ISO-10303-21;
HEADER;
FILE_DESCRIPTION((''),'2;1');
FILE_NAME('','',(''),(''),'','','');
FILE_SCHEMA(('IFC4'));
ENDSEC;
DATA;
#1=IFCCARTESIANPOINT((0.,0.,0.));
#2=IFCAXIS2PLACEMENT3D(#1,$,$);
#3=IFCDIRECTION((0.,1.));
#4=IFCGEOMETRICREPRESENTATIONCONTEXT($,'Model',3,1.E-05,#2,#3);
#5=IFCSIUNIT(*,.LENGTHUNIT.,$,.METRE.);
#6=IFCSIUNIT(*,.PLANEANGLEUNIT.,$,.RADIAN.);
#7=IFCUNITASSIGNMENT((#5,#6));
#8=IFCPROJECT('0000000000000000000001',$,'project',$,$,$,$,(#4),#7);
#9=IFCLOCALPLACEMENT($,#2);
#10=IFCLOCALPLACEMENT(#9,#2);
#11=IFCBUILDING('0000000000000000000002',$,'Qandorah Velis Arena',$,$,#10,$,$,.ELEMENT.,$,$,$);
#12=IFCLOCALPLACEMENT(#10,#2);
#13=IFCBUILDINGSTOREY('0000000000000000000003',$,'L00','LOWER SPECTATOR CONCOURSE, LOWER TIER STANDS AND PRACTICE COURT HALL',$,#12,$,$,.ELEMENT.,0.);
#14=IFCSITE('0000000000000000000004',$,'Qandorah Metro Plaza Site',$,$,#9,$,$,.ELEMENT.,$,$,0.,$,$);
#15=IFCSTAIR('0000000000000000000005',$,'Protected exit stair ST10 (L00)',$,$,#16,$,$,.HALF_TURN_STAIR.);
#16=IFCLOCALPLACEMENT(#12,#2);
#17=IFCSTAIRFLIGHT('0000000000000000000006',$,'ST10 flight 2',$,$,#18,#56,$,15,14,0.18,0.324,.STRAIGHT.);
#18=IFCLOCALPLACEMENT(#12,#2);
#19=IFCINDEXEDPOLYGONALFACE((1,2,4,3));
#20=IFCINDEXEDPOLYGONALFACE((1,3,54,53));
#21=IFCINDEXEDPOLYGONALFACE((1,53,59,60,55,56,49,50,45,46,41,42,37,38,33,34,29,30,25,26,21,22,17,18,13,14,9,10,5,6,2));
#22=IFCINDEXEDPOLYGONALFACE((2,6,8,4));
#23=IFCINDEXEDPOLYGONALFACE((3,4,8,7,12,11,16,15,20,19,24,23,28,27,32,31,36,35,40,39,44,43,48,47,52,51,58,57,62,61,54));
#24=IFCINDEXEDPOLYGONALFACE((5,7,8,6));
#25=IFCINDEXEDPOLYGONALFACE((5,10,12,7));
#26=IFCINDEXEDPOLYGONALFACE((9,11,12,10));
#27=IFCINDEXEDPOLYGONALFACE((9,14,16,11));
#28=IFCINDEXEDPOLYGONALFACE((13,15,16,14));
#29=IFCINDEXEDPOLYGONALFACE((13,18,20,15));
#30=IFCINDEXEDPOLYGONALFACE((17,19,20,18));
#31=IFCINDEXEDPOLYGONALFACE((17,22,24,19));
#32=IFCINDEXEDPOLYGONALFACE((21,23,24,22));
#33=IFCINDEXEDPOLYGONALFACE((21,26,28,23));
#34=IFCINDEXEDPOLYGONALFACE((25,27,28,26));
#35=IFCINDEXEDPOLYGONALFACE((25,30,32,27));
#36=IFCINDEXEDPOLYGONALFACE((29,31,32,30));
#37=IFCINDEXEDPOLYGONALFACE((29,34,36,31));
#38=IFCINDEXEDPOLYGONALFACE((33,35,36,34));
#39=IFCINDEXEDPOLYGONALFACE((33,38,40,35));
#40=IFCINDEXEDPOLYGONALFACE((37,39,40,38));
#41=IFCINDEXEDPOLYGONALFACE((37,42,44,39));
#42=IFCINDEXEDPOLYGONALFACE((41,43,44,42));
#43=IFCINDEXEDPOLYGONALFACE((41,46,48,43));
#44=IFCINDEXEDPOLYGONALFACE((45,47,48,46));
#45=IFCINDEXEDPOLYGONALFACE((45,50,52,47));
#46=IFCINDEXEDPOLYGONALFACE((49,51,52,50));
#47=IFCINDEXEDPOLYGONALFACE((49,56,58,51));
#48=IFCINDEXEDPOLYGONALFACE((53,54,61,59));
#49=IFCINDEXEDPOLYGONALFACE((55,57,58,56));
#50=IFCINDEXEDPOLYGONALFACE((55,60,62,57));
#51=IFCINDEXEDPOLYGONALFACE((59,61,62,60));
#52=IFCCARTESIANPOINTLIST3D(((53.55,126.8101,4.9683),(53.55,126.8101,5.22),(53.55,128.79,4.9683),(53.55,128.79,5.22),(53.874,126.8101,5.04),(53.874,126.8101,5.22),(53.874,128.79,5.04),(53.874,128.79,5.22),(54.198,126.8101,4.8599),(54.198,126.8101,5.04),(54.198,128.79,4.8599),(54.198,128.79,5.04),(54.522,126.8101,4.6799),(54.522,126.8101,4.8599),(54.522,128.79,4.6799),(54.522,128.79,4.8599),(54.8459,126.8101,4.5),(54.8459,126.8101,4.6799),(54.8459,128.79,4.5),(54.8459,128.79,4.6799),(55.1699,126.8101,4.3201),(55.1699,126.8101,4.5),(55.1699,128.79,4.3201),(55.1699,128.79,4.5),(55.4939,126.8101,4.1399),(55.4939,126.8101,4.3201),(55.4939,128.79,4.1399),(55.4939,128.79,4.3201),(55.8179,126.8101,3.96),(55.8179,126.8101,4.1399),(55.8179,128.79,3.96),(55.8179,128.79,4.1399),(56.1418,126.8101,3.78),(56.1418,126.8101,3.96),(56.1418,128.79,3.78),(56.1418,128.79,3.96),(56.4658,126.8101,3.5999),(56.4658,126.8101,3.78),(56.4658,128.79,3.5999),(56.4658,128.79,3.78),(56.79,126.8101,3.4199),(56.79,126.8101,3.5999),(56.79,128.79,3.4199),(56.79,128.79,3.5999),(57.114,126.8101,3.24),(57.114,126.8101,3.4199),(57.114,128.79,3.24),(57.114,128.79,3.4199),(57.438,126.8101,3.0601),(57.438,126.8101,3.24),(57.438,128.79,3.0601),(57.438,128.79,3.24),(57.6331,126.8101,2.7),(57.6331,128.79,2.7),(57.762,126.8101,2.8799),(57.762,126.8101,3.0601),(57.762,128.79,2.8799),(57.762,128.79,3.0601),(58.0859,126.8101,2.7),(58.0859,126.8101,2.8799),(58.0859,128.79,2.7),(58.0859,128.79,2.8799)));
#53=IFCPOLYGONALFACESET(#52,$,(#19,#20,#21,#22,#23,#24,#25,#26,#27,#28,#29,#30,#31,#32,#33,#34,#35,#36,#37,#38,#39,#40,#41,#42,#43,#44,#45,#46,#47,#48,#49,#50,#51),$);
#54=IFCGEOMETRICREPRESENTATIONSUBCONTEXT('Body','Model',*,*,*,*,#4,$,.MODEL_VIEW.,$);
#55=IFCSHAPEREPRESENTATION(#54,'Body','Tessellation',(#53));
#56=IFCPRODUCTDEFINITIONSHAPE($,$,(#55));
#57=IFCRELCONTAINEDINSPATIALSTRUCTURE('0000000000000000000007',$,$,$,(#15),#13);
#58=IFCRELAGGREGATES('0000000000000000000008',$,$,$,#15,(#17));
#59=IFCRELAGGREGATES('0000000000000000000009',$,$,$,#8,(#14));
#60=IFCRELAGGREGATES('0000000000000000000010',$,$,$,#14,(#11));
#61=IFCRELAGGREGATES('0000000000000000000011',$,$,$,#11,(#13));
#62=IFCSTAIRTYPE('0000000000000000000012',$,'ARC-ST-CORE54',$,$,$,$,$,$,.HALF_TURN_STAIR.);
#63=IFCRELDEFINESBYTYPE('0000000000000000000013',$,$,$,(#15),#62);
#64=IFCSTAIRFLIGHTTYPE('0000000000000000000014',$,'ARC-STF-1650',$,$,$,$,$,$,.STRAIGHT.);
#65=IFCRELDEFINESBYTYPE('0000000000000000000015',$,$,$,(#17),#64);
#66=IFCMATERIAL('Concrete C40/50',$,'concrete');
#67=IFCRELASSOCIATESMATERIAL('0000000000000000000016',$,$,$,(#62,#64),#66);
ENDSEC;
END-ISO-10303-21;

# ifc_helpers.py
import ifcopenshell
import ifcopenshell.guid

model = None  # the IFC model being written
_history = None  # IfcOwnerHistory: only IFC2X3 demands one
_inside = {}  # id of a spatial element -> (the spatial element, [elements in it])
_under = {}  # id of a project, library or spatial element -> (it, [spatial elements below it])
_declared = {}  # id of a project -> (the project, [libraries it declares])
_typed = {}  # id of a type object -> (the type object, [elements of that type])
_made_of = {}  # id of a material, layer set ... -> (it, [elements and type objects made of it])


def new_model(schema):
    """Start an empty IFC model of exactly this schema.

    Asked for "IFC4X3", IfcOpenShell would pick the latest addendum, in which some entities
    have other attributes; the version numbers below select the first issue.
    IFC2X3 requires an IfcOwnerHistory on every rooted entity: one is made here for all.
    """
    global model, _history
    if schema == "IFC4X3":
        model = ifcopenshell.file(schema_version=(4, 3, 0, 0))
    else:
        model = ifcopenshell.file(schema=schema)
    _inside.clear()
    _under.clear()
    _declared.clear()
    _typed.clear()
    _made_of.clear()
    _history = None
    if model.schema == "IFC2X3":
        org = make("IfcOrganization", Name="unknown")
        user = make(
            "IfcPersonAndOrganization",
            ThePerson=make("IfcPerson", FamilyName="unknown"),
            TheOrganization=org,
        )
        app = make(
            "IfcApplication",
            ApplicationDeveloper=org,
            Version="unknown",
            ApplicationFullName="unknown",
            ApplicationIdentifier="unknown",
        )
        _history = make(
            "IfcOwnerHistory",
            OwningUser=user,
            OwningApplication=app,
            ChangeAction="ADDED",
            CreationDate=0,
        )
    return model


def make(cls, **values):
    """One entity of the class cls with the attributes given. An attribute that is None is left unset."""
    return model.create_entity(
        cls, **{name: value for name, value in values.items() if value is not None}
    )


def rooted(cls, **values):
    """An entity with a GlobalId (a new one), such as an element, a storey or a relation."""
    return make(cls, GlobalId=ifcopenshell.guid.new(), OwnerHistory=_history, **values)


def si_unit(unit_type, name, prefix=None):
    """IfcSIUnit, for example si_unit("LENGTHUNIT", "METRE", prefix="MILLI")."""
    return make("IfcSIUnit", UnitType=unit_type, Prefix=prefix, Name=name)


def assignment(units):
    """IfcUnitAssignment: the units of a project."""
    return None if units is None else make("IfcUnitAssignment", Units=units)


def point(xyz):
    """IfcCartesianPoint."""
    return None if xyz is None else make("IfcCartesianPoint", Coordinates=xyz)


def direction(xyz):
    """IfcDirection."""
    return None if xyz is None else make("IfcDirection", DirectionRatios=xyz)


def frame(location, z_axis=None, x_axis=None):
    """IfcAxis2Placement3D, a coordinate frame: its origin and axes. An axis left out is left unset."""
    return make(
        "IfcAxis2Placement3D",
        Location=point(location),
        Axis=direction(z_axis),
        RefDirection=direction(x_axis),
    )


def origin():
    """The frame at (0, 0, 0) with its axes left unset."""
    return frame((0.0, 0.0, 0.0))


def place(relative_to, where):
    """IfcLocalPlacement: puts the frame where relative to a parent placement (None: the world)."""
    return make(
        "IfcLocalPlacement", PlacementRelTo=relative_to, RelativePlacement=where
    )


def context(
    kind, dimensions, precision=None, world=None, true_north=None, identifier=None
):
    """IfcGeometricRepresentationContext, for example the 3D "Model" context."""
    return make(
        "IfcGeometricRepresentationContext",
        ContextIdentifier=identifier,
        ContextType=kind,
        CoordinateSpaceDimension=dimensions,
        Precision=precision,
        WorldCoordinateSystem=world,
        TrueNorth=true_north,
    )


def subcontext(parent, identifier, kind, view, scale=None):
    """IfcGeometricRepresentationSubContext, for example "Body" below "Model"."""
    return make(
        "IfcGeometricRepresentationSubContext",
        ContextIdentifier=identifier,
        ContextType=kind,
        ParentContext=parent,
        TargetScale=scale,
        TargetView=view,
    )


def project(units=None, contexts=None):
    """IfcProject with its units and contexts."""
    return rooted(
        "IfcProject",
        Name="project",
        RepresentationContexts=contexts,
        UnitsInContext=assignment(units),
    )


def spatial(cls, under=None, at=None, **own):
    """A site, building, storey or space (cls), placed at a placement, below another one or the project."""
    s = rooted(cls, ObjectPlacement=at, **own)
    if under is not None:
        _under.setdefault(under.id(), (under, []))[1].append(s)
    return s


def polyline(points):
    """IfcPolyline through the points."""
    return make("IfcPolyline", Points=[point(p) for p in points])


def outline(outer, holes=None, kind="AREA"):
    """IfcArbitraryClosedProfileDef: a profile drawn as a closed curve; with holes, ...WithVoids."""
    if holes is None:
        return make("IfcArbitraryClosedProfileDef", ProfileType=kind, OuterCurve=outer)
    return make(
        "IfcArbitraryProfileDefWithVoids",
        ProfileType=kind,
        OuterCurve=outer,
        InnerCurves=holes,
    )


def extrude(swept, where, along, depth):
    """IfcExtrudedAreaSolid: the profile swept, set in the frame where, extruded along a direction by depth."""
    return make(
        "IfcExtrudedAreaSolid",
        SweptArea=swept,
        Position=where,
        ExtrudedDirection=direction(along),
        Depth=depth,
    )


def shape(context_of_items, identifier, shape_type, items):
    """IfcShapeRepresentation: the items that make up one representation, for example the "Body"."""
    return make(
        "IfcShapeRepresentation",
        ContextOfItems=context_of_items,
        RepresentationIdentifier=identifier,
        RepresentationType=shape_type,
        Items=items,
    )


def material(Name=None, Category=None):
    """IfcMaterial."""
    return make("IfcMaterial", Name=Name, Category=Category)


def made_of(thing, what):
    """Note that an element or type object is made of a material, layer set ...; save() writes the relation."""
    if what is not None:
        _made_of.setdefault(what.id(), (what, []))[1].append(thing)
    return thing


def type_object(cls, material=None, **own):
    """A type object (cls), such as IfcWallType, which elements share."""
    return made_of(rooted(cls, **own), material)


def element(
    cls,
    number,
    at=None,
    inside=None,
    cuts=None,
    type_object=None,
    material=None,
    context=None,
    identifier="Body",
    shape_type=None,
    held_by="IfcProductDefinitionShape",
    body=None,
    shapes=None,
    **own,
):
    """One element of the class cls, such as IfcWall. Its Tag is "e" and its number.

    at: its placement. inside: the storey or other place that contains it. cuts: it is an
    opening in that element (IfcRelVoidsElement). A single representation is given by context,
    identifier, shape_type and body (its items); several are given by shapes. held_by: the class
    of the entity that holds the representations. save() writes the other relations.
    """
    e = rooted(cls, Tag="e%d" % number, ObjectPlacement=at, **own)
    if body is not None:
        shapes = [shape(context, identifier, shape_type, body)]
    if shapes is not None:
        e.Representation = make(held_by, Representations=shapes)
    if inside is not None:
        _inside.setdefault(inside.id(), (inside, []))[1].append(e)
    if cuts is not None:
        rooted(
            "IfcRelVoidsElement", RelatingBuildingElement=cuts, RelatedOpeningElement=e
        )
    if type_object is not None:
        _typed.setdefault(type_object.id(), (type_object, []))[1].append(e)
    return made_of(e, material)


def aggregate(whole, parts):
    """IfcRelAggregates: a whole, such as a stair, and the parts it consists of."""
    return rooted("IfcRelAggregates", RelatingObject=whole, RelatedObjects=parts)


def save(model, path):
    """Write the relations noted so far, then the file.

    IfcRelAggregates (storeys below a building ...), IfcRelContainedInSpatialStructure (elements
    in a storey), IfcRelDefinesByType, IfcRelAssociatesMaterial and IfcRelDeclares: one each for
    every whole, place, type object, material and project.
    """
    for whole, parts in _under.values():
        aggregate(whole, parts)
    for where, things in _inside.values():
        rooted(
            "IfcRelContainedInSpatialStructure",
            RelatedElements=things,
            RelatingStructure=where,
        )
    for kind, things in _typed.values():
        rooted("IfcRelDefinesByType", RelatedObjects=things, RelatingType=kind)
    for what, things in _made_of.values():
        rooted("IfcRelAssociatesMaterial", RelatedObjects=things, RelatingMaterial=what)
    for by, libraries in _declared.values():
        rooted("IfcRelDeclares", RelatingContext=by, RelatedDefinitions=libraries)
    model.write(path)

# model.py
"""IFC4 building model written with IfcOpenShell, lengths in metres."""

from ifc_helpers import new_model, si_unit, direction, frame, origin, place, context, subcontext, project, spatial, polyline, outline, extrude, material, type_object, element, aggregate, save


model = new_model("IFC4")

# Units and contexts
model_context = context("Model", 3, precision=1e-05, world=origin(), true_north=direction((0.0, 1.0)))
body_context = subcontext(model_context, "Body", "Model", "MODEL_VIEW")
ifc_project = project(units=[si_unit("LENGTHUNIT", "METRE"), si_unit("PLANEANGLEUNIT", "RADIAN")], contexts=[model_context])

# Site, building, storey
site_placement = place(None, origin())
site = spatial("IfcSite", under=ifc_project, at=site_placement, Name="Qandorah Metro Plaza Site", CompositionType="ELEMENT", RefElevation=0.0)
building_placement = place(site_placement, origin())
building = spatial("IfcBuilding", under=site, at=building_placement, Name="Qandorah Velis Arena", CompositionType="ELEMENT")
storey_placement = place(building_placement, origin())
storey = spatial("IfcBuildingStorey", under=building, at=storey_placement, Name="L00", Description="LOWER SPECTATOR CONCOURSE, LOWER TIER STANDS AND PRACTICE COURT HALL", CompositionType="ELEMENT", Elevation=0.0)

# Shared definitions
ifc_material_1 = material(Name="Concrete C40/50", Category="concrete")

# Stair, stair flight
stair_type = type_object("IfcStairType", Name="ARC-ST-CORE54", PredefinedType="HALF_TURN_STAIR", material=ifc_material_1)
stair_flight_type = type_object("IfcStairFlightType", Name="ARC-STF-1650", PredefinedType="STRAIGHT", material=ifc_material_1)
stair_1_placement = place(storey_placement, origin())
stair_1 = element("IfcStair", 1, at=stair_1_placement, inside=storey, type_object=stair_type, Name="Protected exit stair ST10 (L00)", PredefinedType="HALF_TURN_STAIR")
stair_flight_1_placement = place(storey_placement, frame((58.0859, 127.8, 2.7), z_axis=(0.0, 0.0, 1.0), x_axis=(-1.0, 0.0, 0.0)))
stair_flight_1 = element("IfcStairFlight", 2, at=stair_flight_1_placement, type_object=stair_flight_type, Name="ST10 flight 2", NumberOfRisers=15, NumberOfTreads=14, PredefinedType="STRAIGHT", RiserHeight=0.18, TreadLength=0.324, context=body_context, shape_type="SweptSolid", body=[
    extrude(outline(polyline([(0.0, 0.0), (0.0, 0.1799), (0.324, 0.1799), (0.324, 0.3601), (0.6479, 0.3601), (0.6479, 0.54), (0.9719, 0.54), (0.9719, 0.72), (1.2959, 0.72), (1.2959, 0.8999), (1.6201, 0.8999), (1.6201, 1.0801), (1.9441, 1.0801), (1.9441, 1.26), (2.2681, 1.26), (2.2681, 1.4399), (2.592, 1.4399), (2.592, 1.6201), (2.916, 1.6201), (2.916, 1.8), (3.24, 1.8), (3.24, 1.98), (3.564, 1.98), (3.564, 2.1599), (3.8879, 2.1599), (3.8879, 2.3401), (4.2119, 2.3401), (4.2119, 2.52), (4.5359, 2.52), (4.5359, 2.7), (4.5359, 2.2683), (0.4529, 0.0), (0.0, 0.0)])), frame((0.0, 0.99, 0.0), z_axis=(0.0, -1.0, 0.0), x_axis=(1.0, 0.0, 0.0)), (0.0, 0.0, 1.0), 1.98),
])
aggregate(stair_1, [stair_flight_1])

save(model, "model.ifc")
